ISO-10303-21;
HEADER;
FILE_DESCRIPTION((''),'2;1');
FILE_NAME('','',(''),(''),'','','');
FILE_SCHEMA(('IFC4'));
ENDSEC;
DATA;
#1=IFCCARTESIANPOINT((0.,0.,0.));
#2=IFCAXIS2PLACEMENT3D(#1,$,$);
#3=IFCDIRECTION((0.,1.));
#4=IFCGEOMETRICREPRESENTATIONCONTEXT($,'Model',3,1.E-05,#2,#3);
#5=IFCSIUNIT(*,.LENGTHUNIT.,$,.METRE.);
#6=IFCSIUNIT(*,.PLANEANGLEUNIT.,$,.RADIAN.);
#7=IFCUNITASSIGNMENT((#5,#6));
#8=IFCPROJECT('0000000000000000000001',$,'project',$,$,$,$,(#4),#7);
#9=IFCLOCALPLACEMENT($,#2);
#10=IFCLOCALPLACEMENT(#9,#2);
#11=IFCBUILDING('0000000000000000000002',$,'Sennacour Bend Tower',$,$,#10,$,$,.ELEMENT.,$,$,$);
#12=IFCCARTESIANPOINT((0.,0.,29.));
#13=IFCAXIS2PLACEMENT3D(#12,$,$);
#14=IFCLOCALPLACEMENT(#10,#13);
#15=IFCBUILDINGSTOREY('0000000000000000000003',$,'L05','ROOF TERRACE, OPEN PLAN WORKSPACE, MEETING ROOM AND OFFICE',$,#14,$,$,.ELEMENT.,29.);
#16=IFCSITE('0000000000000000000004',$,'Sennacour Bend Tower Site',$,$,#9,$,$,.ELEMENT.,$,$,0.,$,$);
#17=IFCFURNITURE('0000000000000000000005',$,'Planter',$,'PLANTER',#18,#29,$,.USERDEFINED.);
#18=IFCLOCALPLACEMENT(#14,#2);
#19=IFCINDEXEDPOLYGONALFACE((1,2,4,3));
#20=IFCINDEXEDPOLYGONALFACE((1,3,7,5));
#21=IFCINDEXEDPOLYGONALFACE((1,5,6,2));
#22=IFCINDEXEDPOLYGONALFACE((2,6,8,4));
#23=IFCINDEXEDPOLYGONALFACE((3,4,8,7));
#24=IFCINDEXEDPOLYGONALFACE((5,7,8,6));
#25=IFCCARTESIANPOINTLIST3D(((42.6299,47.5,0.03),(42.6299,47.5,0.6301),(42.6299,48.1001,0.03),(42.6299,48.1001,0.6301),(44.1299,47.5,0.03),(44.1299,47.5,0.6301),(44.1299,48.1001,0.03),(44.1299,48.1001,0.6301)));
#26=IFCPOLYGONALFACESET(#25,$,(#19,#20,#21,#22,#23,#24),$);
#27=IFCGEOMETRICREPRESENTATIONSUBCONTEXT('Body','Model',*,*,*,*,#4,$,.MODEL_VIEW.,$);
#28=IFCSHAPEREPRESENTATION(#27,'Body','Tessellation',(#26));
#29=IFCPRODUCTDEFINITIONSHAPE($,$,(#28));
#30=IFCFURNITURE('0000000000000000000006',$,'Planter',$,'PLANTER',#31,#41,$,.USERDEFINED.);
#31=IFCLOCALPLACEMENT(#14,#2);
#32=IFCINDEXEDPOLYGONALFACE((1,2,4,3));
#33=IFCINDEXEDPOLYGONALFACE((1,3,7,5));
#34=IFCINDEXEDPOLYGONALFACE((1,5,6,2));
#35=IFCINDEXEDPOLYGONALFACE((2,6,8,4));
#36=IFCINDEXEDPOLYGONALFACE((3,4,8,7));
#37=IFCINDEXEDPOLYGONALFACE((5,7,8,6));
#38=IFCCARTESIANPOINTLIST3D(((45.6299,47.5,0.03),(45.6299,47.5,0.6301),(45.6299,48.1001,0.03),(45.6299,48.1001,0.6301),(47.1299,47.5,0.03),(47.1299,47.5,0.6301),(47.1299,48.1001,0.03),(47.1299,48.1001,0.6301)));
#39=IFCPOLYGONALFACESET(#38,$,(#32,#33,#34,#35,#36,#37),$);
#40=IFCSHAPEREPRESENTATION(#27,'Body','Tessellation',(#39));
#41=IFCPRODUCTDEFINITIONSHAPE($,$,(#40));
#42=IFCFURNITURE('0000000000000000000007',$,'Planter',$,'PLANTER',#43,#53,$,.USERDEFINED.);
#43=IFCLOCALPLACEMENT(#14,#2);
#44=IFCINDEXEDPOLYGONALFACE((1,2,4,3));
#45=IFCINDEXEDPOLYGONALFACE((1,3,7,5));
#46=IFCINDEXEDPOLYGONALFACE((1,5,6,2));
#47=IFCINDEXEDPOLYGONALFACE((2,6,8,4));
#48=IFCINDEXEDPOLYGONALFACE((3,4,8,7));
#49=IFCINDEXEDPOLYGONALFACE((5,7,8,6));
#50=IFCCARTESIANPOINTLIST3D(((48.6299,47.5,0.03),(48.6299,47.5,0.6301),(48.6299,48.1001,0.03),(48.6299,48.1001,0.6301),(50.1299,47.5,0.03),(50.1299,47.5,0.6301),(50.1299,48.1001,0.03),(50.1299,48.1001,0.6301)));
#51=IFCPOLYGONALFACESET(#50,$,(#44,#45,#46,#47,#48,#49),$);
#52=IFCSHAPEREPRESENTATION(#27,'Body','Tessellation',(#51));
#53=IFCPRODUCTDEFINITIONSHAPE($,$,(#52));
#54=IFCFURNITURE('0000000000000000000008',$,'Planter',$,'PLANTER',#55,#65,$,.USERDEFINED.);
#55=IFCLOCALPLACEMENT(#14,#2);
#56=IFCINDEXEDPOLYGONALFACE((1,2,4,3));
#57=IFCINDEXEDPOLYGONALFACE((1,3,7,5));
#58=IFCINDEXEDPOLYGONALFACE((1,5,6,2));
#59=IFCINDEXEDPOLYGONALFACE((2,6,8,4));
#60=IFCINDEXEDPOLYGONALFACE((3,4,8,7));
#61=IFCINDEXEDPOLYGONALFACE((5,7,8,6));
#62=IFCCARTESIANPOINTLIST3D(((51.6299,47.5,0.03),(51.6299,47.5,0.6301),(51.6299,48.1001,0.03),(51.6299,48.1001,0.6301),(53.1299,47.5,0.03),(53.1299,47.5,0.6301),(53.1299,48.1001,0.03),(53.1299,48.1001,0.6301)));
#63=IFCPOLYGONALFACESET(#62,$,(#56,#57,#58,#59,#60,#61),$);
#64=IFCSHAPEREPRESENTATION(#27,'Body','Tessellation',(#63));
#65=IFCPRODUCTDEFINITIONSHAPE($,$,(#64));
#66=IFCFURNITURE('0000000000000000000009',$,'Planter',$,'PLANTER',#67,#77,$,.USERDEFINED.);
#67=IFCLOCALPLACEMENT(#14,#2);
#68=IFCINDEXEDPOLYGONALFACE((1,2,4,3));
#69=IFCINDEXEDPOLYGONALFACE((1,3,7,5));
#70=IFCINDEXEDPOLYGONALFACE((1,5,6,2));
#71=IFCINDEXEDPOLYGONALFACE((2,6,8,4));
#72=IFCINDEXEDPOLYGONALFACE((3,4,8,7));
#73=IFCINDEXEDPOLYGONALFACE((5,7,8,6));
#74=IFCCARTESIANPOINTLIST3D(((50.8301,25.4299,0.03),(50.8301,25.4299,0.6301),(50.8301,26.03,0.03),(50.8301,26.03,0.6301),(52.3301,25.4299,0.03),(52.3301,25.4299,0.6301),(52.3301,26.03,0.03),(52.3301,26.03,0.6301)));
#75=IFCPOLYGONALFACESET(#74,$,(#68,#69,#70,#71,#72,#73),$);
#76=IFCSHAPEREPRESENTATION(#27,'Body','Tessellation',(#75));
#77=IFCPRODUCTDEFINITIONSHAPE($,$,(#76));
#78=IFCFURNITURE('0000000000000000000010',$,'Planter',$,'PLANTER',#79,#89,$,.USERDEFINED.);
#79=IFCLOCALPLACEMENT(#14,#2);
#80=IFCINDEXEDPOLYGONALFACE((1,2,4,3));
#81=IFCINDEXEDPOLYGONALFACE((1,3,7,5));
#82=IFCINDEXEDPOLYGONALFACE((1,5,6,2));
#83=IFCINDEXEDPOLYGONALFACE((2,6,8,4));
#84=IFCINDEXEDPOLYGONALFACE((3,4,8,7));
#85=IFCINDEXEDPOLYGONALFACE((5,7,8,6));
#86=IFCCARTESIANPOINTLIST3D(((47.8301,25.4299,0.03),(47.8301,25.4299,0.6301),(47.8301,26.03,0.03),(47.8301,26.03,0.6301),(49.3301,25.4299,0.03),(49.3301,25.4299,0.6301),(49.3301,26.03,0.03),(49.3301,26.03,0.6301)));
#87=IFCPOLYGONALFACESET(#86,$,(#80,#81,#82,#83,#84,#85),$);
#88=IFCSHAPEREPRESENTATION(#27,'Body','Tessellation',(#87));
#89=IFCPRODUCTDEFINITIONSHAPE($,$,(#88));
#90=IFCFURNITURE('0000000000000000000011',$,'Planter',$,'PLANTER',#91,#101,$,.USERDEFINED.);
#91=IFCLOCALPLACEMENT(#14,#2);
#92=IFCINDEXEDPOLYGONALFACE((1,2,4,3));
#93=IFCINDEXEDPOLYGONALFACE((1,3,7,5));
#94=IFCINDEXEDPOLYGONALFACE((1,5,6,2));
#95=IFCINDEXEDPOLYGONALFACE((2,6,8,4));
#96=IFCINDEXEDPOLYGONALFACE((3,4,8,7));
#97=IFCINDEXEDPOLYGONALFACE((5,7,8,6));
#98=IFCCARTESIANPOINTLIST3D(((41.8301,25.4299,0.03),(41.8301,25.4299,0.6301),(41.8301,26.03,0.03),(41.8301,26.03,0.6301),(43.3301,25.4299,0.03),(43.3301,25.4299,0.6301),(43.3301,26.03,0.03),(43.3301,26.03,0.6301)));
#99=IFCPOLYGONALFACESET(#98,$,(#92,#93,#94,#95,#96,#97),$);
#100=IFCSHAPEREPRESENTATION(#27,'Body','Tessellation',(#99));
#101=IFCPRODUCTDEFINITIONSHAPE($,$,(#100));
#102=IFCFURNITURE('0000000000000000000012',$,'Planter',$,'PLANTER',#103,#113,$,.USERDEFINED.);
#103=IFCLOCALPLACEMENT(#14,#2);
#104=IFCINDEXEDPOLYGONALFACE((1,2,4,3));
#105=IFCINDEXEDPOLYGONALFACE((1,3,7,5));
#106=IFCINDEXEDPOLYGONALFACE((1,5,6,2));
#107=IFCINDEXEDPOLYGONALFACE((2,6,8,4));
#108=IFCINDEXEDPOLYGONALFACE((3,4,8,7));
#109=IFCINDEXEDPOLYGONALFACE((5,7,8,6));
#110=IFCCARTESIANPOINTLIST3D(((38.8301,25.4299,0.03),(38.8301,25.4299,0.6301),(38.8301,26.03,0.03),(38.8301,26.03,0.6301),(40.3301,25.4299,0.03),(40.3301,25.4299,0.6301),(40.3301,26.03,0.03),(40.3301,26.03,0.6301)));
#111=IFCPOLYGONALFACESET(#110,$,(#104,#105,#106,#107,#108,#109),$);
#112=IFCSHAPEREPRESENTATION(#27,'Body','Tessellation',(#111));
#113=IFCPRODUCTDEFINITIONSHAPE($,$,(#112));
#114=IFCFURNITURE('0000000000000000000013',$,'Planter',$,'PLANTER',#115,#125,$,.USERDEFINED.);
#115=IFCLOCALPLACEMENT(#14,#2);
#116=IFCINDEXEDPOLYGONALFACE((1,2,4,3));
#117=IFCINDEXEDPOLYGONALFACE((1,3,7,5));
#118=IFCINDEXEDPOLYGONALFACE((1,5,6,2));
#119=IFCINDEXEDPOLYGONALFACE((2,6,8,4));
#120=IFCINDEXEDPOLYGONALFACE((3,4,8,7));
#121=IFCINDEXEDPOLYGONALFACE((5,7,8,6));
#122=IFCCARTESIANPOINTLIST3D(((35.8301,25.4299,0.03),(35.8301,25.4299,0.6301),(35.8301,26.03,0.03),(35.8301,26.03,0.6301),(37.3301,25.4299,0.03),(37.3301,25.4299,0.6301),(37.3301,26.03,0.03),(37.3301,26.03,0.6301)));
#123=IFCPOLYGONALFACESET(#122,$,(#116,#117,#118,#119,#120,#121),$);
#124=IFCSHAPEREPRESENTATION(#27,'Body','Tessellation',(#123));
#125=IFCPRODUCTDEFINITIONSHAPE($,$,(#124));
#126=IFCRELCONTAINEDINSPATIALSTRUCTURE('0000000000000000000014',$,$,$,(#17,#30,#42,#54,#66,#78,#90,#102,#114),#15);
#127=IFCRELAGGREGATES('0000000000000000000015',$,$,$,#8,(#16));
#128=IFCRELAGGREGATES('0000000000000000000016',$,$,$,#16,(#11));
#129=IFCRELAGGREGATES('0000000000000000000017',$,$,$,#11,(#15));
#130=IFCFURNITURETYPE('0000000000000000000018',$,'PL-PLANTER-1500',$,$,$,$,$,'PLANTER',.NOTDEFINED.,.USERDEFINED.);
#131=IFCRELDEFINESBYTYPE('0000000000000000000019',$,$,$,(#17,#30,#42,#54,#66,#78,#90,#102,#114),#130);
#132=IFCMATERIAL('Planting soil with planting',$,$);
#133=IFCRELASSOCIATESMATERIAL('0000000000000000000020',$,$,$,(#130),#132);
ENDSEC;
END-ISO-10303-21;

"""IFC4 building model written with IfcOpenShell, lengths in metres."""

from ifc_helpers import new_model, si_unit, direction, frame, origin, origin_2d, place, context, subcontext, project, spatial, rectangle, extrude, material, type_object, element, save


model = new_model("IFC4")

# Units and contexts
model_context = context("Model", 3, precision=1e-05, world=origin(), true_north=direction((0.0, 1.0)))
body_context = subcontext(model_context, "Body", "Model", "MODEL_VIEW")
ifc_project = project(units=[si_unit("LENGTHUNIT", "METRE"), si_unit("PLANEANGLEUNIT", "RADIAN")], contexts=[model_context])

# Site, building, storey
site_placement = place(None, origin())
site = spatial("IfcSite", under=ifc_project, at=site_placement, Name="Sennacour Bend Tower Site", CompositionType="ELEMENT", RefElevation=0.0)
building_placement = place(site_placement, origin())
building = spatial("IfcBuilding", under=site, at=building_placement, Name="Sennacour Bend Tower", CompositionType="ELEMENT")
storey_placement = place(building_placement, frame((0.0, 0.0, 29.0)))
storey = spatial("IfcBuildingStorey", under=building, at=storey_placement, Name="L05", Description="ROOF TERRACE, OPEN PLAN WORKSPACE, MEETING ROOM AND OFFICE", CompositionType="ELEMENT", Elevation=29.0)

# Furniture
ifc_material_1 = material(Name="Planting soil with planting")
furniture_type = type_object("IfcFurnitureType", Name="PL-PLANTER-1500", ElementType="PLANTER", AssemblyPlace="NOTDEFINED", PredefinedType="USERDEFINED", material=ifc_material_1)
for number, where, z_axis, x_axis, name in (
    (1, (43.3799, 47.8, 0.03), (0.0, 0.0, 1.0), (1.0, 0.0, 0.0), "Planter"),
    (2, (46.3799, 47.8, 0.03), (0.0, 0.0, 1.0), (1.0, 0.0, 0.0), "Planter"),
    (3, (49.3799, 47.8, 0.03), (0.0, 0.0, 1.0), (1.0, 0.0, 0.0), "Planter"),
    (4, (52.3799, 47.8, 0.03), (0.0, 0.0, 1.0), (1.0, 0.0, 0.0), "Planter"),
    (5, (51.5801, 25.73, 0.03), (0.0, 0.0, 1.0), (-1.0, 0.0, 0.0), "Planter"),
    (6, (48.5801, 25.73, 0.03), (0.0, 0.0, 1.0), (-1.0, 0.0, 0.0), "Planter"),
    (7, (42.5801, 25.73, 0.03), (0.0, 0.0, 1.0), (-1.0, 0.0, 0.0), "Planter"),
    (8, (39.5801, 25.73, 0.03), (0.0, 0.0, 1.0), (-1.0, 0.0, 0.0), "Planter"),
    (9, (36.5801, 25.73, 0.03), (0.0, 0.0, 1.0), (-1.0, 0.0, 0.0), "Planter"),
):
    element("IfcFurniture", number, at=place(storey_placement, frame(where, z_axis=z_axis, x_axis=x_axis)), inside=storey, type_object=furniture_type, Name=name, ObjectType="PLANTER", PredefinedType="USERDEFINED", context=body_context, shape_type="SweptSolid", body=[
        extrude(rectangle(XDim=1.5, YDim=0.6001, at=origin_2d()), origin(), (0.0, 0.0, 1.0), 0.6001),
    ])

save(model, "model.ifc")
